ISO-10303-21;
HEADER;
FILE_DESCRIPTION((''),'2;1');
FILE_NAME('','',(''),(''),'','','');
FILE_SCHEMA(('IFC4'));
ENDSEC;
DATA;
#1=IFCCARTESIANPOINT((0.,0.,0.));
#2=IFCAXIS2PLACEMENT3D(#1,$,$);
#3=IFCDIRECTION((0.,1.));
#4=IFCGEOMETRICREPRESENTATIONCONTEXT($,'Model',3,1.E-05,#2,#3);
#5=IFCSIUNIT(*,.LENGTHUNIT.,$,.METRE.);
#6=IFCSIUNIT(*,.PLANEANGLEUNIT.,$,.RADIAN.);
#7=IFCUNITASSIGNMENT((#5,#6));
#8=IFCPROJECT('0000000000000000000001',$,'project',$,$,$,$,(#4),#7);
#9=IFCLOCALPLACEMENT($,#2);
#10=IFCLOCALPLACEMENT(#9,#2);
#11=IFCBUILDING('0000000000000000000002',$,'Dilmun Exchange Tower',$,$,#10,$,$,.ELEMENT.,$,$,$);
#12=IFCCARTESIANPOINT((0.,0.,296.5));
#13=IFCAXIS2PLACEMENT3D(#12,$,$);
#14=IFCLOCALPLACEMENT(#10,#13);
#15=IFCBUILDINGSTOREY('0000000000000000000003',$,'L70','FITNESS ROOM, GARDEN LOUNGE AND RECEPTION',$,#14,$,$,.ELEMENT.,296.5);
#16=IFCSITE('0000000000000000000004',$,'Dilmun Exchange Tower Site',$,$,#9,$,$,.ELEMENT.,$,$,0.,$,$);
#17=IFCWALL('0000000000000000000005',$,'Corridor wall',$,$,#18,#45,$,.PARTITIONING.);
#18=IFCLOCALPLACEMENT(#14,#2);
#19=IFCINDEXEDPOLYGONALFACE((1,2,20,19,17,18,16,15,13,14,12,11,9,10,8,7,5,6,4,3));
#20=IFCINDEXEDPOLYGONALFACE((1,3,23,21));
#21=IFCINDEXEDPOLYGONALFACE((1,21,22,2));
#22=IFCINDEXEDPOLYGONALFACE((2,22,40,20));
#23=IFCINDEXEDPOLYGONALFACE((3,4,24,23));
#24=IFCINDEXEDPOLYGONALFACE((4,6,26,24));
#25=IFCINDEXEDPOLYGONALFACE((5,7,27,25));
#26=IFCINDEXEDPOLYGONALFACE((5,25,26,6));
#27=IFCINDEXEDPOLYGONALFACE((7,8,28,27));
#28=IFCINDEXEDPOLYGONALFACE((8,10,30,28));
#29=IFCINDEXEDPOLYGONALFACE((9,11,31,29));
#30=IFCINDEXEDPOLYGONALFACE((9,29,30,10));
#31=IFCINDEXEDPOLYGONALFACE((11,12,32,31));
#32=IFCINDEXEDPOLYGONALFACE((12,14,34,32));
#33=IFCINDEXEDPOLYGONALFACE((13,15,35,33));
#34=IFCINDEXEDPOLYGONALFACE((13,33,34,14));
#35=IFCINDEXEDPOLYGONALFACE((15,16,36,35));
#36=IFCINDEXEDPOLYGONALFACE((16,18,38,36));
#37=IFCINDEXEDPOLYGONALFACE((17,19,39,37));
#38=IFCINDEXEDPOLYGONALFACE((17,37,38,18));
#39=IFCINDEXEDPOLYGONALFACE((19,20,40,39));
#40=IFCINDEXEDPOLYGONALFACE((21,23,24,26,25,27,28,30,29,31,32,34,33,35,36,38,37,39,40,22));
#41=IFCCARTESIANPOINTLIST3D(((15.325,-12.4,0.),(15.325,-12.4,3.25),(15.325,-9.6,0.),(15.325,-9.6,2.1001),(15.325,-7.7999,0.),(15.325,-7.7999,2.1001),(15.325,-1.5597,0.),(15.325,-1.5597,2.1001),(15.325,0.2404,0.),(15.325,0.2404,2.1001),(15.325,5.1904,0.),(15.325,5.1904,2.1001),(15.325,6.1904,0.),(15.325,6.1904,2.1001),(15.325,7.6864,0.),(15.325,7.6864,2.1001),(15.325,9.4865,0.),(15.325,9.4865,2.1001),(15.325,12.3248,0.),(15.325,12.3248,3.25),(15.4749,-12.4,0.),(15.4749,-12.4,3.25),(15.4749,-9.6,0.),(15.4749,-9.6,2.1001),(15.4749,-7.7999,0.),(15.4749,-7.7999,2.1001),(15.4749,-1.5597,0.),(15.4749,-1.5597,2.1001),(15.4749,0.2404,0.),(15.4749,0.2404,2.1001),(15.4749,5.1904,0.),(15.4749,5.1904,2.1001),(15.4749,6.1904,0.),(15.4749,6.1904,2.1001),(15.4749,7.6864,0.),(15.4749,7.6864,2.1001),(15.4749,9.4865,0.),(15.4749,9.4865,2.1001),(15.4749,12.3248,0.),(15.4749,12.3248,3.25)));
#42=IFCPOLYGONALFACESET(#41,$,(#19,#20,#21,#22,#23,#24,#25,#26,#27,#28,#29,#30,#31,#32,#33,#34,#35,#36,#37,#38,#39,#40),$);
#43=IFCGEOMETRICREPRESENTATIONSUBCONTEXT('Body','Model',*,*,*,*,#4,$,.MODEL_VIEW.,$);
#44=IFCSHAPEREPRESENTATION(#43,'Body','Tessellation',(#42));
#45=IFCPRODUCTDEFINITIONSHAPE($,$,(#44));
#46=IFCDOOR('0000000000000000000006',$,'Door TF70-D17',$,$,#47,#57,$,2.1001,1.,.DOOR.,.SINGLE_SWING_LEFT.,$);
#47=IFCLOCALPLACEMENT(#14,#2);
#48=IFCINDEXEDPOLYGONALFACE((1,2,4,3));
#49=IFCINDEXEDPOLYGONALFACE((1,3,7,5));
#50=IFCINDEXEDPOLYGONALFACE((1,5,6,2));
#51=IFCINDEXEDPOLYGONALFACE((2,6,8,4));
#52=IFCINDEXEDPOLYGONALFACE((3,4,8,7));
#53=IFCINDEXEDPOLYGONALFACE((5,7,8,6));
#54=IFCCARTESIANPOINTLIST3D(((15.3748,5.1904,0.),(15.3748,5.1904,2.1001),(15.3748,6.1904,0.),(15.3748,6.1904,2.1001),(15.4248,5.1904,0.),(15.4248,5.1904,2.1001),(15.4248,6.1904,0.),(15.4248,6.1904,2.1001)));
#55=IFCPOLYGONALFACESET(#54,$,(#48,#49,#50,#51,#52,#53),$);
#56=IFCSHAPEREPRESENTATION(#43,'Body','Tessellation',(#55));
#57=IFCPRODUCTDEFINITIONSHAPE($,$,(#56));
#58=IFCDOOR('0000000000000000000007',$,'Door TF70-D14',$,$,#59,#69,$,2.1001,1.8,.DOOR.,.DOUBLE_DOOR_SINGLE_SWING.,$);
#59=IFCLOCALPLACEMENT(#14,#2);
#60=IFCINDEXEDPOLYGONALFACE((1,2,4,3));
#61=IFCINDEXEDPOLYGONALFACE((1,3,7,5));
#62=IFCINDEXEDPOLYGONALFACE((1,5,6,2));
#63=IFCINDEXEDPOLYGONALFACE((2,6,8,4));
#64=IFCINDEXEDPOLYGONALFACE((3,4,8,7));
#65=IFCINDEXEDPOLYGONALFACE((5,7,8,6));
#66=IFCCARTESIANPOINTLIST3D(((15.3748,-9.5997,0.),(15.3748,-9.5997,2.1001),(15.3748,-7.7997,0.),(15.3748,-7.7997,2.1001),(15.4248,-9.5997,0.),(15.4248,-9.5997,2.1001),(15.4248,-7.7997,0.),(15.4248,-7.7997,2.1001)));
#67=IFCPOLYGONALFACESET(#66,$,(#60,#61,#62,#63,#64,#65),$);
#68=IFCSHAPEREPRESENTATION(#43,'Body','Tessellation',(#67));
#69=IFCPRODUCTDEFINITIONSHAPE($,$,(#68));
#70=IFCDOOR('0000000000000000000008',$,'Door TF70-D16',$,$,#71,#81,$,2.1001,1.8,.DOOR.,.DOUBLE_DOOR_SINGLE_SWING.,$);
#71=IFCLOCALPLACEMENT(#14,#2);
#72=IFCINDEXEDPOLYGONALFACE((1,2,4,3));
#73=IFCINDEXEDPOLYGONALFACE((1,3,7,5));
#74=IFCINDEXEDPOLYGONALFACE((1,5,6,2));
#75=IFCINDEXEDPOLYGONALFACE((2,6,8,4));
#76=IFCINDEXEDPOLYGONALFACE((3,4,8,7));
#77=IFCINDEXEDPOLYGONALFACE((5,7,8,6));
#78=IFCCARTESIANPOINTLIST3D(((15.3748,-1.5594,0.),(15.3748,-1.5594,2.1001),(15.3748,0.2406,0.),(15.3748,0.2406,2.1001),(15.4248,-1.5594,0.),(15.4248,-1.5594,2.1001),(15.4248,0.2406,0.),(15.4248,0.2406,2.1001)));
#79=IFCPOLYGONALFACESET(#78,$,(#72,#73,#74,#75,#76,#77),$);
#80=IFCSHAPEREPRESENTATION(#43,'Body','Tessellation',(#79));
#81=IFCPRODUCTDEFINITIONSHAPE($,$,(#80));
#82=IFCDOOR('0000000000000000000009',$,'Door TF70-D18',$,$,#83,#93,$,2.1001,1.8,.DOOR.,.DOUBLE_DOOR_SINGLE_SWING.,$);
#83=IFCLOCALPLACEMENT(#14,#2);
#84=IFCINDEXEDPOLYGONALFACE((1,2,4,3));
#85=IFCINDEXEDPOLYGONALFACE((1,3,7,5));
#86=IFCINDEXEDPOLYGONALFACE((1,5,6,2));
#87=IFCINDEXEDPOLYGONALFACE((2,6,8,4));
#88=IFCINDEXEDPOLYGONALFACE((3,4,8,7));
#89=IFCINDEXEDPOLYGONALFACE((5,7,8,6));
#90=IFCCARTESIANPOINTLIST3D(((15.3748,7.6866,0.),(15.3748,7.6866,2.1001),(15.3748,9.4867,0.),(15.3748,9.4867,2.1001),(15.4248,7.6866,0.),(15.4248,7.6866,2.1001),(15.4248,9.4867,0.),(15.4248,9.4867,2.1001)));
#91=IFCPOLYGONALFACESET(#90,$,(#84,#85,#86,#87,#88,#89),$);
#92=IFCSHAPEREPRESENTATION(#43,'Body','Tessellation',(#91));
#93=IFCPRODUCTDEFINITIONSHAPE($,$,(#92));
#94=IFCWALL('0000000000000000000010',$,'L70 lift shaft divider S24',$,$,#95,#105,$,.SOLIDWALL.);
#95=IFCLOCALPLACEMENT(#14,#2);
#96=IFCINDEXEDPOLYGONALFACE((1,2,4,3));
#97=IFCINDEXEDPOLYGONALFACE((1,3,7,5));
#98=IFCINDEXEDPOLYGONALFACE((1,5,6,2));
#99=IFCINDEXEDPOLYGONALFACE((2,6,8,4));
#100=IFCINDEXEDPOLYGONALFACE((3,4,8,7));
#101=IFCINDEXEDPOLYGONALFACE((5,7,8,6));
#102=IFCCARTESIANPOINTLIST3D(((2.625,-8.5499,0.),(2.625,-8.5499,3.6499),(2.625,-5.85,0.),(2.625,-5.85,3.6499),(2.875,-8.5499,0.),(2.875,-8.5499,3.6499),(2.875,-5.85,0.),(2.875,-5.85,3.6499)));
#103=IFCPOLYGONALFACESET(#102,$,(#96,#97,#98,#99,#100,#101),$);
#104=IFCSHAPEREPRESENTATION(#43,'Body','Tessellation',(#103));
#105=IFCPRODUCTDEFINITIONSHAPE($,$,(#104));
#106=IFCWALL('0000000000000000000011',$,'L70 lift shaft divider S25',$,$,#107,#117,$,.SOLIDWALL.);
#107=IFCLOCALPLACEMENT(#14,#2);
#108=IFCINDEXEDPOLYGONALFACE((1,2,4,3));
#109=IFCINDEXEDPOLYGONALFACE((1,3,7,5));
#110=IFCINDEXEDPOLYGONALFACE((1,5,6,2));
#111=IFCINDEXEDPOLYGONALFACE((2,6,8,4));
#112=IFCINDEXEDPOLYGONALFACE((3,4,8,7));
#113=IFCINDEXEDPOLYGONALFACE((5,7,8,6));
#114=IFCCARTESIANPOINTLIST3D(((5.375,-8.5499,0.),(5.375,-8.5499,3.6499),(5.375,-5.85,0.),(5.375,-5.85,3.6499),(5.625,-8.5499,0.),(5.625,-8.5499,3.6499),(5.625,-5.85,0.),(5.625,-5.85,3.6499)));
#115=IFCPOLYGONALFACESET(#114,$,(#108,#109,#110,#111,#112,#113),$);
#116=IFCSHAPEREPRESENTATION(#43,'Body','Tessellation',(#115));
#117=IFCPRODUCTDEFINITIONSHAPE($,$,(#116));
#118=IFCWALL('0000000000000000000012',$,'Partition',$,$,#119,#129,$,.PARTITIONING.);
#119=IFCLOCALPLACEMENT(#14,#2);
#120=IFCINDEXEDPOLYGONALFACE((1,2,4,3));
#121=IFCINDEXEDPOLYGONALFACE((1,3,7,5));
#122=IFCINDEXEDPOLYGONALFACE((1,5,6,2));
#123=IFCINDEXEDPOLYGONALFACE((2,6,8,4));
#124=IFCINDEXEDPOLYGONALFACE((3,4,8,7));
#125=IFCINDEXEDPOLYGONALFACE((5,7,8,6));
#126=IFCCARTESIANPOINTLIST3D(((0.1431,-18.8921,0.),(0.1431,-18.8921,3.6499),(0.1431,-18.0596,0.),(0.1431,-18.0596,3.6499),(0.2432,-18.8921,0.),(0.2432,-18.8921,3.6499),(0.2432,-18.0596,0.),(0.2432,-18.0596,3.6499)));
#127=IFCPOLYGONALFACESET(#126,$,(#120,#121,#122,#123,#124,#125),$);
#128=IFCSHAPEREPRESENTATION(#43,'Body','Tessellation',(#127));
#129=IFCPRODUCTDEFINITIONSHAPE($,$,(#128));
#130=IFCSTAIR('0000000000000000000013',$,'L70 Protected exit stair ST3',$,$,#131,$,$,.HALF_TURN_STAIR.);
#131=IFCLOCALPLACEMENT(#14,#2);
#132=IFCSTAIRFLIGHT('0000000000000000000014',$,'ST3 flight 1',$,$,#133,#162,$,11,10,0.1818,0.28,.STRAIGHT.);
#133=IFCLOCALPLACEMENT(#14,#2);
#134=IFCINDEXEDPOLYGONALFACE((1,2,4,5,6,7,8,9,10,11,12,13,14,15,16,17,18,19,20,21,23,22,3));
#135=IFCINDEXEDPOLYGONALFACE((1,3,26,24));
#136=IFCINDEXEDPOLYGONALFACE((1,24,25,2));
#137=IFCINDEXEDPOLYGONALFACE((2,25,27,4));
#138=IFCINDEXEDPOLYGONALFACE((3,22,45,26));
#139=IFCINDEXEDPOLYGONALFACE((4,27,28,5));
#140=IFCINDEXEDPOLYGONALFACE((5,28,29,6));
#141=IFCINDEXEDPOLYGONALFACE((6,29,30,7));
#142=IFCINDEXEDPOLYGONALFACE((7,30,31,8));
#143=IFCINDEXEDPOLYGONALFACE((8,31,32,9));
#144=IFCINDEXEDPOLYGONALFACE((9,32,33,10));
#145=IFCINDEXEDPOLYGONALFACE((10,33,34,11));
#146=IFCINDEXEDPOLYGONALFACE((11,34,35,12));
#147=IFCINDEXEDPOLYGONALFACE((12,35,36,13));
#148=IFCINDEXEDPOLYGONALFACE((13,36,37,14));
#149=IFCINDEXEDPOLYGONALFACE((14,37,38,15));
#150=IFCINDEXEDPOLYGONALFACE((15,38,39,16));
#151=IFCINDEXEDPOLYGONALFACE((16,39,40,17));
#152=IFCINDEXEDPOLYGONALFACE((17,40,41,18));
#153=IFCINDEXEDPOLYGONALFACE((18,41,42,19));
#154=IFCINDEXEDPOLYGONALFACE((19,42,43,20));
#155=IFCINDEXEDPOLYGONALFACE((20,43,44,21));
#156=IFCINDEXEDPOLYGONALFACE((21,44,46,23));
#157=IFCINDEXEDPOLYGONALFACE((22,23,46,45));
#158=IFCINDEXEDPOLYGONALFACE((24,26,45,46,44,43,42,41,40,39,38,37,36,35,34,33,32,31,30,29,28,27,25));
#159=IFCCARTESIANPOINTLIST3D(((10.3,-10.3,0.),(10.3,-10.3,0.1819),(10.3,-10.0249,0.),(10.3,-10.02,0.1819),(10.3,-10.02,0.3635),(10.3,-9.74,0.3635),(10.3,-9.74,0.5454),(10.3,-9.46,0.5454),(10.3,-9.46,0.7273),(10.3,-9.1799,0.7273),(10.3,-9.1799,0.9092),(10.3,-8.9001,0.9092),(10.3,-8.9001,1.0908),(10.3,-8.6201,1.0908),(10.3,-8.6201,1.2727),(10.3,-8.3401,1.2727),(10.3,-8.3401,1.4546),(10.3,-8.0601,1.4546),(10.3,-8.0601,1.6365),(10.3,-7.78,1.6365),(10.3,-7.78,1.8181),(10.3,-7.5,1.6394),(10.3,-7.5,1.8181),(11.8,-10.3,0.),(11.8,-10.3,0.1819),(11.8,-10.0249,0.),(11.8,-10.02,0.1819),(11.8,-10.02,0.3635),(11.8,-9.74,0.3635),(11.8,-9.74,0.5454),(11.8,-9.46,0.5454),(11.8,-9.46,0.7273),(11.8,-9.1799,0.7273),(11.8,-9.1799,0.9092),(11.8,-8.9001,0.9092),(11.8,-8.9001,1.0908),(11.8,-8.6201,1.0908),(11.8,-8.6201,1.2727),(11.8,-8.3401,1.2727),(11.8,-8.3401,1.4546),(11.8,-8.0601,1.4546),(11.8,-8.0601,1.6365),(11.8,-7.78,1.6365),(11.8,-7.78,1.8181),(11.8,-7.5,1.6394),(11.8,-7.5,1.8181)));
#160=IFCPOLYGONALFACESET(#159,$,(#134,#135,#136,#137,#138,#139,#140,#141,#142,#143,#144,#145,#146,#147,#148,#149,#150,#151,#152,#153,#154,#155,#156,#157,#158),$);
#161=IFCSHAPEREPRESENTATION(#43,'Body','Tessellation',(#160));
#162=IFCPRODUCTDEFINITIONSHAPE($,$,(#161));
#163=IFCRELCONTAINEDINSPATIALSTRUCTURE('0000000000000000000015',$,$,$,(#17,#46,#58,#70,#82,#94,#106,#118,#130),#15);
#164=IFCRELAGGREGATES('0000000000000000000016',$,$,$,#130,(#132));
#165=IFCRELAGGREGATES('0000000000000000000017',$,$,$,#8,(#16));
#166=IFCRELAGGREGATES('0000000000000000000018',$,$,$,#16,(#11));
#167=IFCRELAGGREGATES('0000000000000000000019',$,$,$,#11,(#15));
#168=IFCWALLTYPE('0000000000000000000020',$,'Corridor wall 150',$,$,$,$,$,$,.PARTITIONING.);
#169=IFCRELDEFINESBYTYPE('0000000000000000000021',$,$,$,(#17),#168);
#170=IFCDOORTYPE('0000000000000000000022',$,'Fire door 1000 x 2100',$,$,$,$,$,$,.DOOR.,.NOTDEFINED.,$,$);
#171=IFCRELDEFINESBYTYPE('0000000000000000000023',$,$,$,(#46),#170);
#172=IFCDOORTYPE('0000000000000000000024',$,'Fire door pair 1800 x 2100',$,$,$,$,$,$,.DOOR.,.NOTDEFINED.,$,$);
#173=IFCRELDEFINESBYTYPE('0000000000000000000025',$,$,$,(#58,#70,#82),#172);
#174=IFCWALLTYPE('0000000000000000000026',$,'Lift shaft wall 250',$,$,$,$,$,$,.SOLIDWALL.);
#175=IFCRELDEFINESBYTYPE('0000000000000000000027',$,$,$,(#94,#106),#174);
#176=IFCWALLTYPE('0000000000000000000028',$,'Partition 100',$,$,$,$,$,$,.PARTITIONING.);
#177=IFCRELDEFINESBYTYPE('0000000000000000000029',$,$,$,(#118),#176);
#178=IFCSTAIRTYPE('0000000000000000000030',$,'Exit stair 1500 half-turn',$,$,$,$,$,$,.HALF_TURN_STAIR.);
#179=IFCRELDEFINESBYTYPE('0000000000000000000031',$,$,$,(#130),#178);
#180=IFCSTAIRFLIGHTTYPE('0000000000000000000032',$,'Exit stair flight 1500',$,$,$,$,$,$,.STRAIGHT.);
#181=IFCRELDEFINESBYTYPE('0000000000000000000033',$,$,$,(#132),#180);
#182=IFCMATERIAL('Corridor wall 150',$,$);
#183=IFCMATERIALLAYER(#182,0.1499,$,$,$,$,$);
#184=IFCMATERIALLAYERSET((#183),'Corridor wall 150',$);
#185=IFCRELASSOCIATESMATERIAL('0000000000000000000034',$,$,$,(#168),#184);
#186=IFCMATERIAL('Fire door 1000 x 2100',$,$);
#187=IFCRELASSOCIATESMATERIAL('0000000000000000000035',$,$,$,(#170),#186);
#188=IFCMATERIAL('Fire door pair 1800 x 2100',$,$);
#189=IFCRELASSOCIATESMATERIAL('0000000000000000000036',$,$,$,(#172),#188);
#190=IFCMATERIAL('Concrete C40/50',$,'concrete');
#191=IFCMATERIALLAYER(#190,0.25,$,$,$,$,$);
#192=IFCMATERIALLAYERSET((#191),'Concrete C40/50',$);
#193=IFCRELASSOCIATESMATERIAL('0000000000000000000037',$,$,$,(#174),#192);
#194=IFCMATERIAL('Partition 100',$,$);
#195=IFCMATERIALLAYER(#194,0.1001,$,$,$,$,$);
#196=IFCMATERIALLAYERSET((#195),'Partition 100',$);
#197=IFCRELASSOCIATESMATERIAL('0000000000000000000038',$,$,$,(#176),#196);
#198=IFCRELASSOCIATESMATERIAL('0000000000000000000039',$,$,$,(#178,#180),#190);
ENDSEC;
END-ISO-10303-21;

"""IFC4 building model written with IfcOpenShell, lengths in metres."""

from ifc_helpers import new_model, si_unit, direction, frame, frame_2d, origin, place, context, subcontext, project, spatial, polyline, rectangle, outline, extrude, material, layer, layer_set, type_object, element, fill, aggregate, save


model = new_model("IFC4")

# Units and contexts
model_context = context("Model", 3, precision=1e-05, world=origin(), true_north=direction((0.0, 1.0)))
body_context = subcontext(model_context, "Body", "Model", "MODEL_VIEW")
ifc_project = project(units=[si_unit("LENGTHUNIT", "METRE"), si_unit("PLANEANGLEUNIT", "RADIAN")], contexts=[model_context])

# Site, building, storey
site_placement = place(None, origin())
site = spatial("IfcSite", under=ifc_project, at=site_placement, Name="Dilmun Exchange Tower Site", CompositionType="ELEMENT", RefElevation=0.0)
building_placement = place(site_placement, origin())
building = spatial("IfcBuilding", under=site, at=building_placement, Name="Dilmun Exchange Tower", CompositionType="ELEMENT")
storey_placement = place(building_placement, frame((0.0, 0.0, 296.5)))
storey = spatial("IfcBuildingStorey", under=building, at=storey_placement, Name="L70", Description="FITNESS ROOM, GARDEN LOUNGE AND RECEPTION", CompositionType="ELEMENT", Elevation=296.5)

# Shared definitions
ifc_material_1 = material(Name="Concrete C40/50", Category="concrete")

# Shared definitions
ifc_material_2 = material(Name="Corridor wall 150")
ifc_layer_1 = layer(ifc_material_2, 0.1499)
ifc_layer_set_1 = layer_set([ifc_layer_1], Name="Corridor wall 150")
wall_type_1 = type_object("IfcWallType", Name="Corridor wall 150", PredefinedType="PARTITIONING", material=ifc_layer_set_1)

# Shared definitions
ifc_material_3 = material(Name="Fire door 1000 x 2100")
door_type_1 = type_object("IfcDoorType", Name="Fire door 1000 x 2100", OperationType="NOTDEFINED", PredefinedType="DOOR", material=ifc_material_3)

# Wall, openings, doors
wall_1_placement = place(storey_placement, frame((15.3999, -12.3999, 0.0), z_axis=(0.0, 0.0, 1.0), x_axis=(0.0, 1.0, 0.0)))
wall_1 = element("IfcWall", 1, at=wall_1_placement, inside=storey, type_object=wall_type_1, Name="Corridor wall", PredefinedType="PARTITIONING", context=body_context, shape_type="SweptSolid", body=[
    extrude(rectangle(XDim=24.7249, YDim=0.1499, at=frame_2d((12.3623, 0.0))), origin(), (0.0, 0.0, 1.0), 3.25),
])
opening_1_placement = place(wall_1_placement, frame((2.8, 0.0, 0.0)))
opening_1 = element("IfcOpeningElement", 2, at=opening_1_placement, cuts=wall_1, PredefinedType="OPENING", context=body_context, shape_type="SweptSolid", body=[
    extrude(rectangle(XDim=1.8, YDim=2.1001, at=frame_2d((0.8999, 1.05))), frame((0.0, 0.085, 0.0), z_axis=(0.0, -1.0, 0.0), x_axis=(1.0, 0.0, 0.0)), (0.0, 0.0, 1.0), 0.1699),
])
opening_2_placement = place(wall_1_placement, frame((10.8403, 0.0, 0.0)))
opening_2 = element("IfcOpeningElement", 3, at=opening_2_placement, cuts=wall_1, PredefinedType="OPENING", context=body_context, shape_type="SweptSolid", body=[
    extrude(rectangle(XDim=1.8, YDim=2.1001, at=frame_2d((0.8999, 1.05))), frame((0.0, 0.085, 0.0), z_axis=(0.0, -1.0, 0.0), x_axis=(1.0, 0.0, 0.0)), (0.0, 0.0, 1.0), 0.1699),
])
opening_3_placement = place(wall_1_placement, frame((17.5903, 0.0, 0.0)))
opening_3 = element("IfcOpeningElement", 4, at=opening_3_placement, cuts=wall_1, PredefinedType="OPENING", context=body_context, shape_type="SweptSolid", body=[
    extrude(rectangle(XDim=1.0, YDim=2.1001, at=frame_2d((0.5, 1.05))), frame((0.0, 0.085, 0.0), z_axis=(0.0, -1.0, 0.0), x_axis=(1.0, 0.0, 0.0)), (0.0, 0.0, 1.0), 0.1699),
])
opening_4_placement = place(wall_1_placement, frame((20.0864, 0.0, 0.0)))
opening_4 = element("IfcOpeningElement", 5, at=opening_4_placement, cuts=wall_1, PredefinedType="OPENING", context=body_context, shape_type="SweptSolid", body=[
    extrude(rectangle(XDim=1.8, YDim=2.1001, at=frame_2d((0.8999, 1.05))), frame((0.0, 0.085, 0.0), z_axis=(0.0, -1.0, 0.0), x_axis=(1.0, 0.0, 0.0)), (0.0, 0.0, 1.0), 0.1699),
])
door_1_placement = place(opening_3_placement, frame((1.0, 0.0, 0.0), z_axis=(0.0, 0.0, 1.0), x_axis=(-1.0, 0.0, 0.0)))
door_1 = element("IfcDoor", 6, at=door_1_placement, inside=storey, type_object=door_type_1, Name="Door TF70-D17", OperationType="SINGLE_SWING_LEFT", OverallHeight=2.1001, OverallWidth=1.0, PredefinedType="DOOR", context=body_context, shape_type="SweptSolid", body=[
    extrude(rectangle(XDim=1.0, YDim=2.1001, at=frame_2d((0.5, 1.05))), frame((0.0, 0.0249, 0.0), z_axis=(0.0, -1.0, 0.0), x_axis=(1.0, 0.0, 0.0)), (0.0, 0.0, 1.0), 0.05),
])
fill(opening_3, door_1)
ifc_material_4 = material(Name="Fire door pair 1800 x 2100")
door_type_2 = type_object("IfcDoorType", Name="Fire door pair 1800 x 2100", OperationType="NOTDEFINED", PredefinedType="DOOR", material=ifc_material_4)
door_2_placement = place(opening_1_placement, frame((1.8, 0.0, 0.0), z_axis=(0.0, 0.0, 1.0), x_axis=(-1.0, 0.0, 0.0)))
door_2 = element("IfcDoor", 7, at=door_2_placement, inside=storey, type_object=door_type_2, Name="Door TF70-D14", OperationType="DOUBLE_DOOR_SINGLE_SWING", OverallHeight=2.1001, OverallWidth=1.8, PredefinedType="DOOR", context=body_context, shape_type="SweptSolid", body=[
    extrude(rectangle(XDim=1.8, YDim=2.1001, at=frame_2d((0.8999, 1.05))), frame((0.0, 0.0249, 0.0), z_axis=(0.0, -1.0, 0.0), x_axis=(1.0, 0.0, 0.0)), (0.0, 0.0, 1.0), 0.05),
])
fill(opening_1, door_2)
door_3_placement = place(opening_2_placement, frame((1.8, 0.0, 0.0), z_axis=(0.0, 0.0, 1.0), x_axis=(-1.0, 0.0, 0.0)))
door_3 = element("IfcDoor", 8, at=door_3_placement, inside=storey, type_object=door_type_2, Name="Door TF70-D16", OperationType="DOUBLE_DOOR_SINGLE_SWING", OverallHeight=2.1001, OverallWidth=1.8, PredefinedType="DOOR", context=body_context, shape_type="SweptSolid", body=[
    extrude(rectangle(XDim=1.8, YDim=2.1001, at=frame_2d((0.8999, 1.05))), frame((0.0, 0.0249, 0.0), z_axis=(0.0, -1.0, 0.0), x_axis=(1.0, 0.0, 0.0)), (0.0, 0.0, 1.0), 0.05),
])
fill(opening_2, door_3)
door_4_placement = place(opening_4_placement, frame((1.8, 0.0, 0.0), z_axis=(0.0, 0.0, 1.0), x_axis=(-1.0, 0.0, 0.0)))
door_4 = element("IfcDoor", 9, at=door_4_placement, inside=storey, type_object=door_type_2, Name="Door TF70-D18", OperationType="DOUBLE_DOOR_SINGLE_SWING", OverallHeight=2.1001, OverallWidth=1.8, PredefinedType="DOOR", context=body_context, shape_type="SweptSolid", body=[
    extrude(rectangle(XDim=1.8, YDim=2.1001, at=frame_2d((0.8999, 1.05))), frame((0.0, 0.0249, 0.0), z_axis=(0.0, -1.0, 0.0), x_axis=(1.0, 0.0, 0.0)), (0.0, 0.0, 1.0), 0.05),
])
fill(opening_4, door_4)

# Walls
ifc_layer_2 = layer(ifc_material_1, 0.25)
ifc_layer_set_2 = layer_set([ifc_layer_2], Name="Concrete C40/50")
wall_type_2 = type_object("IfcWallType", Name="Lift shaft wall 250", PredefinedType="SOLIDWALL", material=ifc_layer_set_2)
for number, where, z_axis, x_axis, name in (
    (10, (2.75, -8.55, 0.0), (0.0, 0.0, 1.0), (0.0, 1.0, 0.0), "L70 lift shaft divider S24"),
    (11, (5.5, -8.55, 0.0), (0.0, 0.0, 1.0), (0.0, 1.0, 0.0), "L70 lift shaft divider S25"),
):
    element("IfcWall", number, at=place(storey_placement, frame(where, z_axis=z_axis, x_axis=x_axis)), inside=storey, type_object=wall_type_2, Name=name, PredefinedType="SOLIDWALL", context=body_context, shape_type="SweptSolid", body=[
        extrude(rectangle(XDim=2.7, YDim=0.25, at=frame_2d((1.3501, 0.0))), origin(), (0.0, 0.0, 1.0), 3.6499),
    ])
ifc_material_5 = material(Name="Partition 100")
ifc_layer_3 = layer(ifc_material_5, 0.1001)
ifc_layer_set_3 = layer_set([ifc_layer_3], Name="Partition 100")
wall_type_3 = type_object("IfcWallType", Name="Partition 100", PredefinedType="PARTITIONING", material=ifc_layer_set_3)
wall_2_placement = place(storey_placement, frame((0.1931, -18.8921, 0.0), z_axis=(0.0, 0.0, 1.0), x_axis=(0.0, 1.0, 0.0)))
element("IfcWall", 12, at=wall_2_placement, inside=storey, type_object=wall_type_3, Name="Partition", PredefinedType="PARTITIONING", context=body_context, shape_type="SweptSolid", body=[
    extrude(rectangle(XDim=0.8325, YDim=0.1001, at=frame_2d((0.4163, 0.0))), origin(), (0.0, 0.0, 1.0), 3.6499),
])

# Stair, stair flight
stair_type = type_object("IfcStairType", Name="Exit stair 1500 half-turn", PredefinedType="HALF_TURN_STAIR", material=ifc_material_1)
stair_placement = place(storey_placement, origin())
stair = element("IfcStair", 13, at=stair_placement, inside=storey, type_object=stair_type, Name="L70 Protected exit stair ST3", PredefinedType="HALF_TURN_STAIR")
stair_flight_type = type_object("IfcStairFlightType", Name="Exit stair flight 1500", PredefinedType="STRAIGHT", material=ifc_material_1)
stair_flight_placement = place(storey_placement, frame((11.05, -10.3, 0.0), z_axis=(0.0, 0.0, 1.0), x_axis=(0.0, 1.0, 0.0)))
stair_flight = element("IfcStairFlight", 14, at=stair_flight_placement, type_object=stair_flight_type, Name="ST3 flight 1", NumberOfRisers=11, NumberOfTreads=10, PredefinedType="STRAIGHT", RiserHeight=0.1818, TreadLength=0.28, context=body_context, shape_type="SweptSolid", body=[
    extrude(outline(polyline([(0.0, 0.0), (0.0, 0.1819), (0.28, 0.1819), (0.28, 0.3635), (0.5601, 0.3635), (0.5601, 0.5454), (0.8401, 0.5454), (0.8401, 0.7273), (1.1201, 0.7273), (1.1201, 0.9092), (1.3999, 0.9092), (1.3999, 1.0908), (1.6799, 1.0908), (1.6799, 1.2727), (1.96, 1.2727), (1.96, 1.4546), (2.24, 1.4546), (2.24, 1.6365), (2.52, 1.6365), (2.52, 1.8181), (2.8, 1.8181), (2.8, 2.0), (2.8, 1.6394), (0.2751, 0.0), (0.0, 0.0)])), frame((0.0, 0.75, 0.0), z_axis=(0.0, -1.0, 0.0), x_axis=(1.0, 0.0, 0.0)), (0.0, 0.0, 1.0), 1.5),
])
aggregate(stair, [stair_flight])

save(model, "model.ifc")
